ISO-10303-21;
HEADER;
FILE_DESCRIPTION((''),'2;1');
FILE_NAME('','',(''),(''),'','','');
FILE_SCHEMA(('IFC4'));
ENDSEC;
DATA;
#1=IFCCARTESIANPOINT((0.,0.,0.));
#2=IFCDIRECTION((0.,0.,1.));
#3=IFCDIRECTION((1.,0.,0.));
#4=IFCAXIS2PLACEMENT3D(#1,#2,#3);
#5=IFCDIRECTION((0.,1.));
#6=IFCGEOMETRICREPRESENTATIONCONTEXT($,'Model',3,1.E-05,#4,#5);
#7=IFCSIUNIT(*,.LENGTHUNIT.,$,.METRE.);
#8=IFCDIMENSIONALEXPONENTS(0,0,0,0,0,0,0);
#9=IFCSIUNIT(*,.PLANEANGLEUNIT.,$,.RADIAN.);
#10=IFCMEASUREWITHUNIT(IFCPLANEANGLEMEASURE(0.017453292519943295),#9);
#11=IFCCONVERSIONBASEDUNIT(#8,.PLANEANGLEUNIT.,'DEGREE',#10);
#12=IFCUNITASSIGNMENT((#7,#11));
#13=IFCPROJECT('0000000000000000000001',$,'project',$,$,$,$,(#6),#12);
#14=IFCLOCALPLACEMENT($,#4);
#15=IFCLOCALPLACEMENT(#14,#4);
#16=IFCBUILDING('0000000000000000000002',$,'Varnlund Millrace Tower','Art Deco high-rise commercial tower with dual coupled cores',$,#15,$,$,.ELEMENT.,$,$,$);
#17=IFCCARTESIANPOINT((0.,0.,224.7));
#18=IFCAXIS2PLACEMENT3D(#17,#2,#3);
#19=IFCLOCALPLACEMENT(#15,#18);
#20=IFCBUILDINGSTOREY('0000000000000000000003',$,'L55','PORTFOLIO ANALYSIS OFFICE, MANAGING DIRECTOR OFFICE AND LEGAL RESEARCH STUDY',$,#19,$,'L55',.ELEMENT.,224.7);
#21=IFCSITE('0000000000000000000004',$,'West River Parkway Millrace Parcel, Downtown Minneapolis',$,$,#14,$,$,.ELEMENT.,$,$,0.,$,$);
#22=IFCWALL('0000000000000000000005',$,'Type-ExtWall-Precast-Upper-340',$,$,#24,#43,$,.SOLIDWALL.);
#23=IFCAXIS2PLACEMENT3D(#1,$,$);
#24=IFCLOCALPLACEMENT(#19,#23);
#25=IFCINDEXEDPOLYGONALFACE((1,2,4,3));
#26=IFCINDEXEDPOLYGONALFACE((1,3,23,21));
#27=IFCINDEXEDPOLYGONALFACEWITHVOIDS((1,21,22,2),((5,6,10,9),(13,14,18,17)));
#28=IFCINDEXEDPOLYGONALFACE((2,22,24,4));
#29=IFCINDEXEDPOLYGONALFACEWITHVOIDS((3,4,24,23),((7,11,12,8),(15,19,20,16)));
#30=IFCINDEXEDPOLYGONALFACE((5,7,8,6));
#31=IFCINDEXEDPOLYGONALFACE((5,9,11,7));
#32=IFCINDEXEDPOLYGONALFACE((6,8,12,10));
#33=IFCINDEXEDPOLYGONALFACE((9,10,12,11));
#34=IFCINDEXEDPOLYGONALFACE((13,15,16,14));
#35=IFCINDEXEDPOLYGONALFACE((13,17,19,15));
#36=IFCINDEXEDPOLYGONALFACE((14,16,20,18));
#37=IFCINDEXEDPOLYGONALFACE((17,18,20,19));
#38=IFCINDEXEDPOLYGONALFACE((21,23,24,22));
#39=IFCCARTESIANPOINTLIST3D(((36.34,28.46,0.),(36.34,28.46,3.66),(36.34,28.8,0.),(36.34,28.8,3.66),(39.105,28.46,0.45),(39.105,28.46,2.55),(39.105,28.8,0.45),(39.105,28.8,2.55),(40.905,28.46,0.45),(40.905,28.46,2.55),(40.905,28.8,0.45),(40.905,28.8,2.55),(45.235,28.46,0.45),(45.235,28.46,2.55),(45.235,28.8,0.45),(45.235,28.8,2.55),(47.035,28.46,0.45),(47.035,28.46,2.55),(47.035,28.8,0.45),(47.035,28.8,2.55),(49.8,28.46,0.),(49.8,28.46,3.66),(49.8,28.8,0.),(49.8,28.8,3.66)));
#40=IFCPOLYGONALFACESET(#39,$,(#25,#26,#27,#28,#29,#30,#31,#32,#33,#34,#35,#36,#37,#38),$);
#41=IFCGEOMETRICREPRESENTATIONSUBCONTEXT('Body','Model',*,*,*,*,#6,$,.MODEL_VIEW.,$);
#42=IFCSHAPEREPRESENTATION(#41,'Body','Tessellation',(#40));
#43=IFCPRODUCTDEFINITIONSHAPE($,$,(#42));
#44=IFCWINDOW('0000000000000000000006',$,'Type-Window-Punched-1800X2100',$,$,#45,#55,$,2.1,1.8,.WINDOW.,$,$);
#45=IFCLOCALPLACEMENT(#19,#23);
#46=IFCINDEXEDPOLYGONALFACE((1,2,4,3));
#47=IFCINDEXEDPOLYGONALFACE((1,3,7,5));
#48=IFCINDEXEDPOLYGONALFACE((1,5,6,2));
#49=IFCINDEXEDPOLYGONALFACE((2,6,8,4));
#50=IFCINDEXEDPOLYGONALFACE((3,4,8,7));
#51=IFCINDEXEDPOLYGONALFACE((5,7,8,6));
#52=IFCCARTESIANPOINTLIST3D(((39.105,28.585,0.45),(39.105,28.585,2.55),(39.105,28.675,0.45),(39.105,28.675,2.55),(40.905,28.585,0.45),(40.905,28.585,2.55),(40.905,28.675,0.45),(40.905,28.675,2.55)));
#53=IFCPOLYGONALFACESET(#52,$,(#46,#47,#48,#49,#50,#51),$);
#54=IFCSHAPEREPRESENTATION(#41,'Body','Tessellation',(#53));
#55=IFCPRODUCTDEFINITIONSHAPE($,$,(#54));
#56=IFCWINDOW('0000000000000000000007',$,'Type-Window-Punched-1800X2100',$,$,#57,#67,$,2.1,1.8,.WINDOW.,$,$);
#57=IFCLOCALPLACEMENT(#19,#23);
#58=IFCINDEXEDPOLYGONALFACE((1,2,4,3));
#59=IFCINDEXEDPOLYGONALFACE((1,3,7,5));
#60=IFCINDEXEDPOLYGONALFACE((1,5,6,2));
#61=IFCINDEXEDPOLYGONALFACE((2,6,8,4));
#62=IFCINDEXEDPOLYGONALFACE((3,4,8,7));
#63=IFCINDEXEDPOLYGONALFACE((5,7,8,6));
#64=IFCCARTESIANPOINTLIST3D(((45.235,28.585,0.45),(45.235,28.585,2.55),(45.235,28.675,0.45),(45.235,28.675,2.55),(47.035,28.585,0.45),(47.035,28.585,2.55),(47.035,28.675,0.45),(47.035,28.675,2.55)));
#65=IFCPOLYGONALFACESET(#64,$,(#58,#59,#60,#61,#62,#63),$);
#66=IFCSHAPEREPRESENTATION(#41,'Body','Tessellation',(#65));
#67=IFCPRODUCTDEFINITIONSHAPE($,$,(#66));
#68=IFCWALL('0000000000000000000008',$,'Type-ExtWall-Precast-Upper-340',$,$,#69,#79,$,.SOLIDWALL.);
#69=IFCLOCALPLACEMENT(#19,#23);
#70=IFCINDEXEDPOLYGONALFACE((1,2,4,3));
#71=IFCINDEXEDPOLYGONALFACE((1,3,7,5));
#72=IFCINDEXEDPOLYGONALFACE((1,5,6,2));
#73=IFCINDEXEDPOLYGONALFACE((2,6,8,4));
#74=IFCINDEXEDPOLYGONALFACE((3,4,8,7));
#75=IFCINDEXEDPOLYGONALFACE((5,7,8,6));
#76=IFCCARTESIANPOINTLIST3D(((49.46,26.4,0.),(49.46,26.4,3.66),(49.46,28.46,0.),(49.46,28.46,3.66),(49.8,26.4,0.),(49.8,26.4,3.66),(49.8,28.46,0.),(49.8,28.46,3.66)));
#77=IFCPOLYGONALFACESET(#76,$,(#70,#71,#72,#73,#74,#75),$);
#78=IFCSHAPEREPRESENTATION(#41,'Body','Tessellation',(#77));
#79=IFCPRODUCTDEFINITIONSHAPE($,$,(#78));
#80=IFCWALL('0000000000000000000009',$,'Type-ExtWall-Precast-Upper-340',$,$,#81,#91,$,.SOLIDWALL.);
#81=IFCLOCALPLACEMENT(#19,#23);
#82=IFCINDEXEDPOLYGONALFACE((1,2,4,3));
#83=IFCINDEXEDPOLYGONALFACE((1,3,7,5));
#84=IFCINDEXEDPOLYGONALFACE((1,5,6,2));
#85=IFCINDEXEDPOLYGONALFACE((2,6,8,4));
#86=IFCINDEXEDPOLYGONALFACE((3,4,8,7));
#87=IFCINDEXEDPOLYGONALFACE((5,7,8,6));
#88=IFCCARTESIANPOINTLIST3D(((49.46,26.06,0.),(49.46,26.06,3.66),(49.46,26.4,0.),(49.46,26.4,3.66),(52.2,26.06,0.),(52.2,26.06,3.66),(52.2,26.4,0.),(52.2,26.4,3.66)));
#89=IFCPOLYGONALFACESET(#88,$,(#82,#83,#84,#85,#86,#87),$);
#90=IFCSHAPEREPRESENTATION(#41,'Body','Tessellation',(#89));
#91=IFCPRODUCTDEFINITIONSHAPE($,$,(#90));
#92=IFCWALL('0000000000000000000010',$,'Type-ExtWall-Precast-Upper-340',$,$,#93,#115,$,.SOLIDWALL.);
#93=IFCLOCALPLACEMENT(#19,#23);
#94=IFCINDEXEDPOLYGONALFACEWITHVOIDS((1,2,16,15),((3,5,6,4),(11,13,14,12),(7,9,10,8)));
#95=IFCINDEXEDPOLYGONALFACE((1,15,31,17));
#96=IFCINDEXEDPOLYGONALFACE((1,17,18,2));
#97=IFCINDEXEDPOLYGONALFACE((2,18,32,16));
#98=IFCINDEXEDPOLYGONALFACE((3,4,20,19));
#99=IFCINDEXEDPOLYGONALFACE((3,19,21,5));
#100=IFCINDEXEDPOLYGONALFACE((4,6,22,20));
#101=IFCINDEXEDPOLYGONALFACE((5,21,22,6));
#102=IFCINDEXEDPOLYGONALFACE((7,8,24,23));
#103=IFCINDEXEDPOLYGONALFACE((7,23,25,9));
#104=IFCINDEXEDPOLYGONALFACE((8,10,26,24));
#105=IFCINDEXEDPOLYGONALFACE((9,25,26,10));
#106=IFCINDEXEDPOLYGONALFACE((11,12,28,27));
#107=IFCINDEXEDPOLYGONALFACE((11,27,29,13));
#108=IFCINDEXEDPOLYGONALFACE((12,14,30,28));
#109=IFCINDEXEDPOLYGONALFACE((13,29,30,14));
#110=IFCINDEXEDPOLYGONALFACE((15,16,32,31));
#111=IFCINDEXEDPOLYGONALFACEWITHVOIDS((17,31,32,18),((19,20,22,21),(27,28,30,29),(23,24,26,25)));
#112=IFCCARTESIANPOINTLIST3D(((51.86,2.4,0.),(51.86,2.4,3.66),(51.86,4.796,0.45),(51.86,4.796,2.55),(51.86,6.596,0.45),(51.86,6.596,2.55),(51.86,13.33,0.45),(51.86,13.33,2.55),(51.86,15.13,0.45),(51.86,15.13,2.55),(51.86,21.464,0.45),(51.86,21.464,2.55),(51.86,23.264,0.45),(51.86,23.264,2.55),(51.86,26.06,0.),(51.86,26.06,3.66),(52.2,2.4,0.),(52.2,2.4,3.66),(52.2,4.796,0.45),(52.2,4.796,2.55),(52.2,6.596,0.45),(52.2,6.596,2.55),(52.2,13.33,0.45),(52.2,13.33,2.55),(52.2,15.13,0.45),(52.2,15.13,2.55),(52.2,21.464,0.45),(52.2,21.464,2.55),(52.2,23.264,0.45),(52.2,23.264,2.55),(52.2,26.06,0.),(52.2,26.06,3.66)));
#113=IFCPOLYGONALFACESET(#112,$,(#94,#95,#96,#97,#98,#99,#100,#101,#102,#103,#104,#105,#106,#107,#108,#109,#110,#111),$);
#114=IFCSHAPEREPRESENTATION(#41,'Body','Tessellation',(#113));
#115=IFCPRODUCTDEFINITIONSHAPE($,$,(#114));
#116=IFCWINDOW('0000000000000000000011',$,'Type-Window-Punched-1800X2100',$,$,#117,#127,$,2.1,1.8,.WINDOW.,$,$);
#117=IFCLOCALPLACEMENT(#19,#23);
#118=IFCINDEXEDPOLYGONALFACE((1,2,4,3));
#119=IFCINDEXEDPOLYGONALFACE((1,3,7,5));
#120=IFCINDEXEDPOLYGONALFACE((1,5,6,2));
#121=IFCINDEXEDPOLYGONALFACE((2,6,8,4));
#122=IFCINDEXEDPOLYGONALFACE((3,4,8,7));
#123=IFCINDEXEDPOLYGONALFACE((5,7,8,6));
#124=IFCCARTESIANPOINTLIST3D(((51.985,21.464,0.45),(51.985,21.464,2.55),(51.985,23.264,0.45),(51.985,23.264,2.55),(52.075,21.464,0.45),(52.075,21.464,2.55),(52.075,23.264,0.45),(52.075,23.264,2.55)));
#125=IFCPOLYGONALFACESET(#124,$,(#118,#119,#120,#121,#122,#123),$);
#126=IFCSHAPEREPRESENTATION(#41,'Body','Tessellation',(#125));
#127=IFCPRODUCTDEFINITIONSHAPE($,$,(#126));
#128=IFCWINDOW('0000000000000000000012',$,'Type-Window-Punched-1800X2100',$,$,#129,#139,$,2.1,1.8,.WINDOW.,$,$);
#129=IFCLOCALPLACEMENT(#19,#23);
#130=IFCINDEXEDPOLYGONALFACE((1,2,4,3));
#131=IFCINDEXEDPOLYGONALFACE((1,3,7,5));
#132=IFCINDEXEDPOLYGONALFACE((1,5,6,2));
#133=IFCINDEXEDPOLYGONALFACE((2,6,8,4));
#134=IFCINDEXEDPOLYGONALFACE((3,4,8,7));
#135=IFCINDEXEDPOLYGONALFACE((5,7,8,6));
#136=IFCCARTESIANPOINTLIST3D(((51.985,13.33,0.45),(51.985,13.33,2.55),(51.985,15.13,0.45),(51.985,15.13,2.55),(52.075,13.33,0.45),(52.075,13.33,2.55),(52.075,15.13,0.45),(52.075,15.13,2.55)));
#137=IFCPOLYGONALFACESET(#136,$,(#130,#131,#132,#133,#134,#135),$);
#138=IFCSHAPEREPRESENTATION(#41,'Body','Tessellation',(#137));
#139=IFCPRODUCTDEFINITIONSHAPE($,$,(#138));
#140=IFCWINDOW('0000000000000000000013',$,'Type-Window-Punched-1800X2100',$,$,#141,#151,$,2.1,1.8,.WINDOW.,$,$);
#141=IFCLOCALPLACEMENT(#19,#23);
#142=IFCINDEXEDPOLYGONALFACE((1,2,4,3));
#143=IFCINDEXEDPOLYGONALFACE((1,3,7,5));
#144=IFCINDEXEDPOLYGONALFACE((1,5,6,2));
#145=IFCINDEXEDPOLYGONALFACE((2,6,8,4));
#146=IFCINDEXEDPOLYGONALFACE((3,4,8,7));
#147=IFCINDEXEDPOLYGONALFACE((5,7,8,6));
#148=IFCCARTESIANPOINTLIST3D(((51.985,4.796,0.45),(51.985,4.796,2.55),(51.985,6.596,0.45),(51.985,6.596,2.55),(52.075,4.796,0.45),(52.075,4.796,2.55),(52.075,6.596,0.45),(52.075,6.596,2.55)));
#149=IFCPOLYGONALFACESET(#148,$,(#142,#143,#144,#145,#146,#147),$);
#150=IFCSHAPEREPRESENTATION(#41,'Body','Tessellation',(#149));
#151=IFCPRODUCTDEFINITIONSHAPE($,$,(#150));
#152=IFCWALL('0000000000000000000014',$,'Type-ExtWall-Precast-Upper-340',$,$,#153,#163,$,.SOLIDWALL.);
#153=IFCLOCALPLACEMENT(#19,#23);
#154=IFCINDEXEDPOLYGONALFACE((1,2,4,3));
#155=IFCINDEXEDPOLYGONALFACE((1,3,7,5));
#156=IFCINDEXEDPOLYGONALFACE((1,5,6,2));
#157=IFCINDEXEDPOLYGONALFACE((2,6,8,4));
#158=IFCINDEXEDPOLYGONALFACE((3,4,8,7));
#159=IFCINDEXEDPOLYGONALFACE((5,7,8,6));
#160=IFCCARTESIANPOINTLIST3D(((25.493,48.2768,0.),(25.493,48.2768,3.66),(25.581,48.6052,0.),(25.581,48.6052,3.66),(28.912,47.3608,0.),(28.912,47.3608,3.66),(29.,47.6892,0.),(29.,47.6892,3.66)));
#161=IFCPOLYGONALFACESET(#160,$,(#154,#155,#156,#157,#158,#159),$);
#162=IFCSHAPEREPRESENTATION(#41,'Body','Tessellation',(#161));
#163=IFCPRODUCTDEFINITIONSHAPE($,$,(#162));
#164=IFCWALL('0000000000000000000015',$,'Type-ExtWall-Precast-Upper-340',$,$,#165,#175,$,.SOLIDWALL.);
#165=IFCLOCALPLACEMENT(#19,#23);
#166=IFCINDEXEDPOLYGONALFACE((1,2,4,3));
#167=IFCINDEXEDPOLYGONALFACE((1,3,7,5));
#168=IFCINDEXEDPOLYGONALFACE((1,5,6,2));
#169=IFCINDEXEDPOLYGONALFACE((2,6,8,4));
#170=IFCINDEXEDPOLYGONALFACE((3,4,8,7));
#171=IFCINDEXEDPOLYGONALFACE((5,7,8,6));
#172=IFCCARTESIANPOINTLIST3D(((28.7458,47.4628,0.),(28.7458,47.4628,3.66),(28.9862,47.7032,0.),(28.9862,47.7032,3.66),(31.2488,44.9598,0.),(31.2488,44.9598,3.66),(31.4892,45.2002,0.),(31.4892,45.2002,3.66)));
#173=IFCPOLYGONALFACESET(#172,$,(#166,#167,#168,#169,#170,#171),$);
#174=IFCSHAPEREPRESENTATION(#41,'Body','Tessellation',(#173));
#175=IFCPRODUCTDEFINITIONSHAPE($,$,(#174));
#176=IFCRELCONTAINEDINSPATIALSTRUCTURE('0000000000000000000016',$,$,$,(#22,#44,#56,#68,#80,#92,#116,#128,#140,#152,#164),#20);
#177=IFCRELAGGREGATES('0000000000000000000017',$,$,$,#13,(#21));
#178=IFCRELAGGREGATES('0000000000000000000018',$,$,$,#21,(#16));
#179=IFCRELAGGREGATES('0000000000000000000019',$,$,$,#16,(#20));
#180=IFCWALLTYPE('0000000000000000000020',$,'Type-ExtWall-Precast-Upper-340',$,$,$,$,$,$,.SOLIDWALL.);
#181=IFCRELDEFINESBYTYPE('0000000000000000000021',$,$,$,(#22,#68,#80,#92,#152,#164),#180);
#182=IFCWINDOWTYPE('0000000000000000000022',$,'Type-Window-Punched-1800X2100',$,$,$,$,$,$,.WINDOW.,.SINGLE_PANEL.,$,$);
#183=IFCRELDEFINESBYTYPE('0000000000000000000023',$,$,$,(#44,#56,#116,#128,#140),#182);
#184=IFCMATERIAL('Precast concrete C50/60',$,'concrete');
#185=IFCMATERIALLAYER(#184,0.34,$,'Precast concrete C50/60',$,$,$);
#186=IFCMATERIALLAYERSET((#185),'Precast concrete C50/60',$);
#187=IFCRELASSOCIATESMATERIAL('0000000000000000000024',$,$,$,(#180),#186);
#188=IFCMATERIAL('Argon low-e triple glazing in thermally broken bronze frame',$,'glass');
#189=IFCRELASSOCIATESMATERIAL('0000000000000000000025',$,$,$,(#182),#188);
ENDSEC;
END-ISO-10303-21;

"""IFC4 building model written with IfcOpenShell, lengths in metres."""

from ifc_helpers import new_model, entity, si_unit, converted_unit, direction, frame, origin_with_axes, origin_2d_with_axis, place, context, subcontext, project, spatial, polyline, rectangle, outline, extrude, material, layer, layer_set, type_object, element, fill, save


model = new_model("IFC4")

# Units and contexts
model_context = context("Model", 3, precision=1e-05, world=origin_with_axes(), true_north=direction((0.0, 1.0)))
body_context = subcontext(model_context, "Body", "Model", "MODEL_VIEW")
ifc_project = project(units=[si_unit("LENGTHUNIT", "METRE"), converted_unit("PLANEANGLEUNIT", "DEGREE", entity("IfcPlaneAngleMeasure", 0.017453292519943295), si_unit("PLANEANGLEUNIT", "RADIAN"), dimensions=[0, 0, 0, 0, 0, 0, 0])], contexts=[model_context])

# Site, building, storey
site_placement = place(None, origin_with_axes())
site = spatial("IfcSite", under=ifc_project, at=site_placement, Name="West River Parkway Millrace Parcel, Downtown Minneapolis", CompositionType="ELEMENT", RefElevation=0.0)
building_placement = place(site_placement, origin_with_axes())
building = spatial("IfcBuilding", under=site, at=building_placement, Name="Varnlund Millrace Tower", Description="Art Deco high-rise commercial tower with dual coupled cores", CompositionType="ELEMENT")
storey_placement = place(building_placement, frame((0.0, 0.0, 224.7), z_axis=(0.0, 0.0, 1.0), x_axis=(1.0, 0.0, 0.0)))
storey = spatial("IfcBuildingStorey", under=building, at=storey_placement, Name="L55", Description="PORTFOLIO ANALYSIS OFFICE, MANAGING DIRECTOR OFFICE AND LEGAL RESEARCH STUDY", LongName="L55", CompositionType="ELEMENT", Elevation=224.7)

# Wall, openings, windows
ifc_material_1 = material(Name="Precast concrete C50/60", Category="concrete")
ifc_layer_1 = layer(ifc_material_1, 0.34, Name="Precast concrete C50/60")
ifc_layer_set_1 = layer_set([ifc_layer_1], Name="Precast concrete C50/60")
wall_type_1 = type_object("IfcWallType", Name="Type-ExtWall-Precast-Upper-340", PredefinedType="SOLIDWALL", material=ifc_layer_set_1)
wall_1_placement = place(storey_placement, frame((36.34, 28.63, 0.0), z_axis=(0.0, 0.0, 1.0), x_axis=(1.0, 0.0, 0.0)))
wall_1 = element("IfcWall", 1, at=wall_1_placement, inside=storey, type_object=wall_type_1, Name="Type-ExtWall-Precast-Upper-340", PredefinedType="SOLIDWALL", context=body_context, shape_type="SweptSolid", body=[
    extrude(outline(polyline([(0.0, -0.17), (13.46, -0.17), (13.46, 0.17), (0.0, 0.17), (0.0, -0.17)])), origin_with_axes(), (0.0, 0.0, 1.0), 3.66),
])
opening_1_placement = place(wall_1_placement, frame((3.665, 0.0, 0.45), z_axis=(0.0, 0.0, 1.0), x_axis=(1.0, 0.0, 0.0)))
opening_1 = element("IfcOpeningElement", 2, at=opening_1_placement, cuts=wall_1, PredefinedType="OPENING", context=body_context, shape_type="SweptSolid", body=[
    extrude(rectangle(XDim=1.8, YDim=0.36, at=origin_2d_with_axis()), origin_with_axes(), (0.0, 0.0, 1.0), 2.1),
])
opening_2_placement = place(wall_1_placement, frame((9.795, 0.0, 0.45), z_axis=(0.0, 0.0, 1.0), x_axis=(1.0, 0.0, 0.0)))
opening_2 = element("IfcOpeningElement", 3, at=opening_2_placement, cuts=wall_1, PredefinedType="OPENING", context=body_context, shape_type="SweptSolid", body=[
    extrude(rectangle(XDim=1.8, YDim=0.36, at=origin_2d_with_axis()), origin_with_axes(), (0.0, 0.0, 1.0), 2.1),
])
ifc_material_2 = material(Name="Argon low-e triple glazing in thermally broken bronze frame", Category="glass")
window_type = type_object("IfcWindowType", Name="Type-Window-Punched-1800X2100", PartitioningType="SINGLE_PANEL", PredefinedType="WINDOW", material=ifc_material_2)
window_1_placement = place(wall_1_placement, frame((3.665, 0.0, 0.45), z_axis=(0.0, 0.0, 1.0), x_axis=(1.0, 0.0, 0.0)))
window_1 = element("IfcWindow", 4, at=window_1_placement, inside=storey, type_object=window_type, Name="Type-Window-Punched-1800X2100", OverallHeight=2.1, OverallWidth=1.8, PredefinedType="WINDOW", context=body_context, shape_type="SweptSolid", body=[
    extrude(rectangle(XDim=1.8, YDim=0.09, at=origin_2d_with_axis()), origin_with_axes(), (0.0, 0.0, 1.0), 2.1),
])
fill(opening_1, window_1)
window_2_placement = place(wall_1_placement, frame((9.795, 0.0, 0.45), z_axis=(0.0, 0.0, 1.0), x_axis=(1.0, 0.0, 0.0)))
window_2 = element("IfcWindow", 5, at=window_2_placement, inside=storey, type_object=window_type, Name="Type-Window-Punched-1800X2100", OverallHeight=2.1, OverallWidth=1.8, PredefinedType="WINDOW", context=body_context, shape_type="SweptSolid", body=[
    extrude(rectangle(XDim=1.8, YDim=0.09, at=origin_2d_with_axis()), origin_with_axes(), (0.0, 0.0, 1.0), 2.1),
])
fill(opening_2, window_2)

# Walls
wall_2_placement = place(storey_placement, frame((49.63, 28.46, 0.0), z_axis=(0.0, 0.0, 1.0), x_axis=(0.0, -1.0, 0.0)))
element("IfcWall", 6, at=wall_2_placement, inside=storey, type_object=wall_type_1, Name="Type-ExtWall-Precast-Upper-340", PredefinedType="SOLIDWALL", context=body_context, shape_type="SweptSolid", body=[
    extrude(outline(polyline([(0.0, -0.17), (2.06, -0.17), (2.06, 0.17), (0.0, 0.17), (0.0, -0.17)])), origin_with_axes(), (0.0, 0.0, 1.0), 3.66),
])
wall_3_placement = place(storey_placement, frame((49.46, 26.23, 0.0), z_axis=(0.0, 0.0, 1.0), x_axis=(1.0, 0.0, 0.0)))
element("IfcWall", 7, at=wall_3_placement, inside=storey, type_object=wall_type_1, Name="Type-ExtWall-Precast-Upper-340", PredefinedType="SOLIDWALL", context=body_context, shape_type="SweptSolid", body=[
    extrude(outline(polyline([(0.0, -0.17), (2.74, -0.17), (2.74, 0.17), (0.0, 0.17), (0.0, -0.17)])), origin_with_axes(), (0.0, 0.0, 1.0), 3.66),
])

# Wall, openings, windows
wall_4_placement = place(storey_placement, frame((52.03, 26.06, 0.0), z_axis=(0.0, 0.0, 1.0), x_axis=(0.0, -1.0, 0.0)))
wall_4 = element("IfcWall", 8, at=wall_4_placement, inside=storey, type_object=wall_type_1, Name="Type-ExtWall-Precast-Upper-340", PredefinedType="SOLIDWALL", context=body_context, shape_type="SweptSolid", body=[
    extrude(outline(polyline([(0.0, -0.17), (23.66, -0.17), (23.66, 0.17), (0.0, 0.17), (0.0, -0.17)])), origin_with_axes(), (0.0, 0.0, 1.0), 3.66),
])
opening_3_placement = place(wall_4_placement, frame((3.696, 0.0, 0.45), z_axis=(0.0, 0.0, 1.0), x_axis=(1.0, 0.0, 0.0)))
opening_3 = element("IfcOpeningElement", 9, at=opening_3_placement, cuts=wall_4, PredefinedType="OPENING", context=body_context, shape_type="SweptSolid", body=[
    extrude(rectangle(XDim=1.8, YDim=0.36, at=origin_2d_with_axis()), origin_with_axes(), (0.0, 0.0, 1.0), 2.1),
])
opening_4_placement = place(wall_4_placement, frame((11.83, 0.0, 0.45), z_axis=(0.0, 0.0, 1.0), x_axis=(1.0, 0.0, 0.0)))
opening_4 = element("IfcOpeningElement", 10, at=opening_4_placement, cuts=wall_4, PredefinedType="OPENING", context=body_context, shape_type="SweptSolid", body=[
    extrude(rectangle(XDim=1.8, YDim=0.36, at=origin_2d_with_axis()), origin_with_axes(), (0.0, 0.0, 1.0), 2.1),
])
opening_5_placement = place(wall_4_placement, frame((20.364, 0.0, 0.45), z_axis=(0.0, 0.0, 1.0), x_axis=(1.0, 0.0, 0.0)))
opening_5 = element("IfcOpeningElement", 11, at=opening_5_placement, cuts=wall_4, PredefinedType="OPENING", context=body_context, shape_type="SweptSolid", body=[
    extrude(rectangle(XDim=1.8, YDim=0.36, at=origin_2d_with_axis()), origin_with_axes(), (0.0, 0.0, 1.0), 2.1),
])
window_3_placement = place(wall_4_placement, frame((3.696, 0.0, 0.45), z_axis=(0.0, 0.0, 1.0), x_axis=(1.0, 0.0, 0.0)))
window_3 = element("IfcWindow", 12, at=window_3_placement, inside=storey, type_object=window_type, Name="Type-Window-Punched-1800X2100", OverallHeight=2.1, OverallWidth=1.8, PredefinedType="WINDOW", context=body_context, shape_type="SweptSolid", body=[
    extrude(rectangle(XDim=1.8, YDim=0.09, at=origin_2d_with_axis()), origin_with_axes(), (0.0, 0.0, 1.0), 2.1),
])
fill(opening_3, window_3)
window_4_placement = place(wall_4_placement, frame((11.83, 0.0, 0.45), z_axis=(0.0, 0.0, 1.0), x_axis=(1.0, 0.0, 0.0)))
window_4 = element("IfcWindow", 13, at=window_4_placement, inside=storey, type_object=window_type, Name="Type-Window-Punched-1800X2100", OverallHeight=2.1, OverallWidth=1.8, PredefinedType="WINDOW", context=body_context, shape_type="SweptSolid", body=[
    extrude(rectangle(XDim=1.8, YDim=0.09, at=origin_2d_with_axis()), origin_with_axes(), (0.0, 0.0, 1.0), 2.1),
])
fill(opening_4, window_4)
window_5_placement = place(wall_4_placement, frame((20.364, 0.0, 0.45), z_axis=(0.0, 0.0, 1.0), x_axis=(1.0, 0.0, 0.0)))
window_5 = element("IfcWindow", 14, at=window_5_placement, inside=storey, type_object=window_type, Name="Type-Window-Punched-1800X2100", OverallHeight=2.1, OverallWidth=1.8, PredefinedType="WINDOW", context=body_context, shape_type="SweptSolid", body=[
    extrude(rectangle(XDim=1.8, YDim=0.09, at=origin_2d_with_axis()), origin_with_axes(), (0.0, 0.0, 1.0), 2.1),
])
fill(opening_5, window_5)

# Walls
wall_5_placement = place(storey_placement, frame((25.537, 48.441, 0.0), z_axis=(0.0, 0.0, 1.0), x_axis=(0.965934, -0.258788, 0.0)))
element("IfcWall", 15, at=wall_5_placement, inside=storey, type_object=wall_type_1, Name="Type-ExtWall-Precast-Upper-340", PredefinedType="SOLIDWALL", context=body_context, shape_type="SweptSolid", body=[
    extrude(outline(polyline([(0.0, -0.17), (3.5396, -0.17), (3.5396, 0.17), (0.0, 0.17), (0.0, -0.17)])), origin_with_axes(), (0.0, 0.0, 1.0), 3.66),
])
wall_6_placement = place(storey_placement, frame((28.866, 47.583, 0.0), z_axis=(0.0, 0.0, 1.0), x_axis=(0.707107, -0.707107, 0.0)))
element("IfcWall", 16, at=wall_6_placement, inside=storey, type_object=wall_type_1, Name="Type-ExtWall-Precast-Upper-340", PredefinedType="SOLIDWALL", context=body_context, shape_type="SweptSolid", body=[
    extrude(outline(polyline([(0.0, -0.17), (3.5398, -0.17), (3.5398, 0.17), (0.0, 0.17), (0.0, -0.17)])), origin_with_axes(), (0.0, 0.0, 1.0), 3.66),
])

save(model, "model.ifc")
